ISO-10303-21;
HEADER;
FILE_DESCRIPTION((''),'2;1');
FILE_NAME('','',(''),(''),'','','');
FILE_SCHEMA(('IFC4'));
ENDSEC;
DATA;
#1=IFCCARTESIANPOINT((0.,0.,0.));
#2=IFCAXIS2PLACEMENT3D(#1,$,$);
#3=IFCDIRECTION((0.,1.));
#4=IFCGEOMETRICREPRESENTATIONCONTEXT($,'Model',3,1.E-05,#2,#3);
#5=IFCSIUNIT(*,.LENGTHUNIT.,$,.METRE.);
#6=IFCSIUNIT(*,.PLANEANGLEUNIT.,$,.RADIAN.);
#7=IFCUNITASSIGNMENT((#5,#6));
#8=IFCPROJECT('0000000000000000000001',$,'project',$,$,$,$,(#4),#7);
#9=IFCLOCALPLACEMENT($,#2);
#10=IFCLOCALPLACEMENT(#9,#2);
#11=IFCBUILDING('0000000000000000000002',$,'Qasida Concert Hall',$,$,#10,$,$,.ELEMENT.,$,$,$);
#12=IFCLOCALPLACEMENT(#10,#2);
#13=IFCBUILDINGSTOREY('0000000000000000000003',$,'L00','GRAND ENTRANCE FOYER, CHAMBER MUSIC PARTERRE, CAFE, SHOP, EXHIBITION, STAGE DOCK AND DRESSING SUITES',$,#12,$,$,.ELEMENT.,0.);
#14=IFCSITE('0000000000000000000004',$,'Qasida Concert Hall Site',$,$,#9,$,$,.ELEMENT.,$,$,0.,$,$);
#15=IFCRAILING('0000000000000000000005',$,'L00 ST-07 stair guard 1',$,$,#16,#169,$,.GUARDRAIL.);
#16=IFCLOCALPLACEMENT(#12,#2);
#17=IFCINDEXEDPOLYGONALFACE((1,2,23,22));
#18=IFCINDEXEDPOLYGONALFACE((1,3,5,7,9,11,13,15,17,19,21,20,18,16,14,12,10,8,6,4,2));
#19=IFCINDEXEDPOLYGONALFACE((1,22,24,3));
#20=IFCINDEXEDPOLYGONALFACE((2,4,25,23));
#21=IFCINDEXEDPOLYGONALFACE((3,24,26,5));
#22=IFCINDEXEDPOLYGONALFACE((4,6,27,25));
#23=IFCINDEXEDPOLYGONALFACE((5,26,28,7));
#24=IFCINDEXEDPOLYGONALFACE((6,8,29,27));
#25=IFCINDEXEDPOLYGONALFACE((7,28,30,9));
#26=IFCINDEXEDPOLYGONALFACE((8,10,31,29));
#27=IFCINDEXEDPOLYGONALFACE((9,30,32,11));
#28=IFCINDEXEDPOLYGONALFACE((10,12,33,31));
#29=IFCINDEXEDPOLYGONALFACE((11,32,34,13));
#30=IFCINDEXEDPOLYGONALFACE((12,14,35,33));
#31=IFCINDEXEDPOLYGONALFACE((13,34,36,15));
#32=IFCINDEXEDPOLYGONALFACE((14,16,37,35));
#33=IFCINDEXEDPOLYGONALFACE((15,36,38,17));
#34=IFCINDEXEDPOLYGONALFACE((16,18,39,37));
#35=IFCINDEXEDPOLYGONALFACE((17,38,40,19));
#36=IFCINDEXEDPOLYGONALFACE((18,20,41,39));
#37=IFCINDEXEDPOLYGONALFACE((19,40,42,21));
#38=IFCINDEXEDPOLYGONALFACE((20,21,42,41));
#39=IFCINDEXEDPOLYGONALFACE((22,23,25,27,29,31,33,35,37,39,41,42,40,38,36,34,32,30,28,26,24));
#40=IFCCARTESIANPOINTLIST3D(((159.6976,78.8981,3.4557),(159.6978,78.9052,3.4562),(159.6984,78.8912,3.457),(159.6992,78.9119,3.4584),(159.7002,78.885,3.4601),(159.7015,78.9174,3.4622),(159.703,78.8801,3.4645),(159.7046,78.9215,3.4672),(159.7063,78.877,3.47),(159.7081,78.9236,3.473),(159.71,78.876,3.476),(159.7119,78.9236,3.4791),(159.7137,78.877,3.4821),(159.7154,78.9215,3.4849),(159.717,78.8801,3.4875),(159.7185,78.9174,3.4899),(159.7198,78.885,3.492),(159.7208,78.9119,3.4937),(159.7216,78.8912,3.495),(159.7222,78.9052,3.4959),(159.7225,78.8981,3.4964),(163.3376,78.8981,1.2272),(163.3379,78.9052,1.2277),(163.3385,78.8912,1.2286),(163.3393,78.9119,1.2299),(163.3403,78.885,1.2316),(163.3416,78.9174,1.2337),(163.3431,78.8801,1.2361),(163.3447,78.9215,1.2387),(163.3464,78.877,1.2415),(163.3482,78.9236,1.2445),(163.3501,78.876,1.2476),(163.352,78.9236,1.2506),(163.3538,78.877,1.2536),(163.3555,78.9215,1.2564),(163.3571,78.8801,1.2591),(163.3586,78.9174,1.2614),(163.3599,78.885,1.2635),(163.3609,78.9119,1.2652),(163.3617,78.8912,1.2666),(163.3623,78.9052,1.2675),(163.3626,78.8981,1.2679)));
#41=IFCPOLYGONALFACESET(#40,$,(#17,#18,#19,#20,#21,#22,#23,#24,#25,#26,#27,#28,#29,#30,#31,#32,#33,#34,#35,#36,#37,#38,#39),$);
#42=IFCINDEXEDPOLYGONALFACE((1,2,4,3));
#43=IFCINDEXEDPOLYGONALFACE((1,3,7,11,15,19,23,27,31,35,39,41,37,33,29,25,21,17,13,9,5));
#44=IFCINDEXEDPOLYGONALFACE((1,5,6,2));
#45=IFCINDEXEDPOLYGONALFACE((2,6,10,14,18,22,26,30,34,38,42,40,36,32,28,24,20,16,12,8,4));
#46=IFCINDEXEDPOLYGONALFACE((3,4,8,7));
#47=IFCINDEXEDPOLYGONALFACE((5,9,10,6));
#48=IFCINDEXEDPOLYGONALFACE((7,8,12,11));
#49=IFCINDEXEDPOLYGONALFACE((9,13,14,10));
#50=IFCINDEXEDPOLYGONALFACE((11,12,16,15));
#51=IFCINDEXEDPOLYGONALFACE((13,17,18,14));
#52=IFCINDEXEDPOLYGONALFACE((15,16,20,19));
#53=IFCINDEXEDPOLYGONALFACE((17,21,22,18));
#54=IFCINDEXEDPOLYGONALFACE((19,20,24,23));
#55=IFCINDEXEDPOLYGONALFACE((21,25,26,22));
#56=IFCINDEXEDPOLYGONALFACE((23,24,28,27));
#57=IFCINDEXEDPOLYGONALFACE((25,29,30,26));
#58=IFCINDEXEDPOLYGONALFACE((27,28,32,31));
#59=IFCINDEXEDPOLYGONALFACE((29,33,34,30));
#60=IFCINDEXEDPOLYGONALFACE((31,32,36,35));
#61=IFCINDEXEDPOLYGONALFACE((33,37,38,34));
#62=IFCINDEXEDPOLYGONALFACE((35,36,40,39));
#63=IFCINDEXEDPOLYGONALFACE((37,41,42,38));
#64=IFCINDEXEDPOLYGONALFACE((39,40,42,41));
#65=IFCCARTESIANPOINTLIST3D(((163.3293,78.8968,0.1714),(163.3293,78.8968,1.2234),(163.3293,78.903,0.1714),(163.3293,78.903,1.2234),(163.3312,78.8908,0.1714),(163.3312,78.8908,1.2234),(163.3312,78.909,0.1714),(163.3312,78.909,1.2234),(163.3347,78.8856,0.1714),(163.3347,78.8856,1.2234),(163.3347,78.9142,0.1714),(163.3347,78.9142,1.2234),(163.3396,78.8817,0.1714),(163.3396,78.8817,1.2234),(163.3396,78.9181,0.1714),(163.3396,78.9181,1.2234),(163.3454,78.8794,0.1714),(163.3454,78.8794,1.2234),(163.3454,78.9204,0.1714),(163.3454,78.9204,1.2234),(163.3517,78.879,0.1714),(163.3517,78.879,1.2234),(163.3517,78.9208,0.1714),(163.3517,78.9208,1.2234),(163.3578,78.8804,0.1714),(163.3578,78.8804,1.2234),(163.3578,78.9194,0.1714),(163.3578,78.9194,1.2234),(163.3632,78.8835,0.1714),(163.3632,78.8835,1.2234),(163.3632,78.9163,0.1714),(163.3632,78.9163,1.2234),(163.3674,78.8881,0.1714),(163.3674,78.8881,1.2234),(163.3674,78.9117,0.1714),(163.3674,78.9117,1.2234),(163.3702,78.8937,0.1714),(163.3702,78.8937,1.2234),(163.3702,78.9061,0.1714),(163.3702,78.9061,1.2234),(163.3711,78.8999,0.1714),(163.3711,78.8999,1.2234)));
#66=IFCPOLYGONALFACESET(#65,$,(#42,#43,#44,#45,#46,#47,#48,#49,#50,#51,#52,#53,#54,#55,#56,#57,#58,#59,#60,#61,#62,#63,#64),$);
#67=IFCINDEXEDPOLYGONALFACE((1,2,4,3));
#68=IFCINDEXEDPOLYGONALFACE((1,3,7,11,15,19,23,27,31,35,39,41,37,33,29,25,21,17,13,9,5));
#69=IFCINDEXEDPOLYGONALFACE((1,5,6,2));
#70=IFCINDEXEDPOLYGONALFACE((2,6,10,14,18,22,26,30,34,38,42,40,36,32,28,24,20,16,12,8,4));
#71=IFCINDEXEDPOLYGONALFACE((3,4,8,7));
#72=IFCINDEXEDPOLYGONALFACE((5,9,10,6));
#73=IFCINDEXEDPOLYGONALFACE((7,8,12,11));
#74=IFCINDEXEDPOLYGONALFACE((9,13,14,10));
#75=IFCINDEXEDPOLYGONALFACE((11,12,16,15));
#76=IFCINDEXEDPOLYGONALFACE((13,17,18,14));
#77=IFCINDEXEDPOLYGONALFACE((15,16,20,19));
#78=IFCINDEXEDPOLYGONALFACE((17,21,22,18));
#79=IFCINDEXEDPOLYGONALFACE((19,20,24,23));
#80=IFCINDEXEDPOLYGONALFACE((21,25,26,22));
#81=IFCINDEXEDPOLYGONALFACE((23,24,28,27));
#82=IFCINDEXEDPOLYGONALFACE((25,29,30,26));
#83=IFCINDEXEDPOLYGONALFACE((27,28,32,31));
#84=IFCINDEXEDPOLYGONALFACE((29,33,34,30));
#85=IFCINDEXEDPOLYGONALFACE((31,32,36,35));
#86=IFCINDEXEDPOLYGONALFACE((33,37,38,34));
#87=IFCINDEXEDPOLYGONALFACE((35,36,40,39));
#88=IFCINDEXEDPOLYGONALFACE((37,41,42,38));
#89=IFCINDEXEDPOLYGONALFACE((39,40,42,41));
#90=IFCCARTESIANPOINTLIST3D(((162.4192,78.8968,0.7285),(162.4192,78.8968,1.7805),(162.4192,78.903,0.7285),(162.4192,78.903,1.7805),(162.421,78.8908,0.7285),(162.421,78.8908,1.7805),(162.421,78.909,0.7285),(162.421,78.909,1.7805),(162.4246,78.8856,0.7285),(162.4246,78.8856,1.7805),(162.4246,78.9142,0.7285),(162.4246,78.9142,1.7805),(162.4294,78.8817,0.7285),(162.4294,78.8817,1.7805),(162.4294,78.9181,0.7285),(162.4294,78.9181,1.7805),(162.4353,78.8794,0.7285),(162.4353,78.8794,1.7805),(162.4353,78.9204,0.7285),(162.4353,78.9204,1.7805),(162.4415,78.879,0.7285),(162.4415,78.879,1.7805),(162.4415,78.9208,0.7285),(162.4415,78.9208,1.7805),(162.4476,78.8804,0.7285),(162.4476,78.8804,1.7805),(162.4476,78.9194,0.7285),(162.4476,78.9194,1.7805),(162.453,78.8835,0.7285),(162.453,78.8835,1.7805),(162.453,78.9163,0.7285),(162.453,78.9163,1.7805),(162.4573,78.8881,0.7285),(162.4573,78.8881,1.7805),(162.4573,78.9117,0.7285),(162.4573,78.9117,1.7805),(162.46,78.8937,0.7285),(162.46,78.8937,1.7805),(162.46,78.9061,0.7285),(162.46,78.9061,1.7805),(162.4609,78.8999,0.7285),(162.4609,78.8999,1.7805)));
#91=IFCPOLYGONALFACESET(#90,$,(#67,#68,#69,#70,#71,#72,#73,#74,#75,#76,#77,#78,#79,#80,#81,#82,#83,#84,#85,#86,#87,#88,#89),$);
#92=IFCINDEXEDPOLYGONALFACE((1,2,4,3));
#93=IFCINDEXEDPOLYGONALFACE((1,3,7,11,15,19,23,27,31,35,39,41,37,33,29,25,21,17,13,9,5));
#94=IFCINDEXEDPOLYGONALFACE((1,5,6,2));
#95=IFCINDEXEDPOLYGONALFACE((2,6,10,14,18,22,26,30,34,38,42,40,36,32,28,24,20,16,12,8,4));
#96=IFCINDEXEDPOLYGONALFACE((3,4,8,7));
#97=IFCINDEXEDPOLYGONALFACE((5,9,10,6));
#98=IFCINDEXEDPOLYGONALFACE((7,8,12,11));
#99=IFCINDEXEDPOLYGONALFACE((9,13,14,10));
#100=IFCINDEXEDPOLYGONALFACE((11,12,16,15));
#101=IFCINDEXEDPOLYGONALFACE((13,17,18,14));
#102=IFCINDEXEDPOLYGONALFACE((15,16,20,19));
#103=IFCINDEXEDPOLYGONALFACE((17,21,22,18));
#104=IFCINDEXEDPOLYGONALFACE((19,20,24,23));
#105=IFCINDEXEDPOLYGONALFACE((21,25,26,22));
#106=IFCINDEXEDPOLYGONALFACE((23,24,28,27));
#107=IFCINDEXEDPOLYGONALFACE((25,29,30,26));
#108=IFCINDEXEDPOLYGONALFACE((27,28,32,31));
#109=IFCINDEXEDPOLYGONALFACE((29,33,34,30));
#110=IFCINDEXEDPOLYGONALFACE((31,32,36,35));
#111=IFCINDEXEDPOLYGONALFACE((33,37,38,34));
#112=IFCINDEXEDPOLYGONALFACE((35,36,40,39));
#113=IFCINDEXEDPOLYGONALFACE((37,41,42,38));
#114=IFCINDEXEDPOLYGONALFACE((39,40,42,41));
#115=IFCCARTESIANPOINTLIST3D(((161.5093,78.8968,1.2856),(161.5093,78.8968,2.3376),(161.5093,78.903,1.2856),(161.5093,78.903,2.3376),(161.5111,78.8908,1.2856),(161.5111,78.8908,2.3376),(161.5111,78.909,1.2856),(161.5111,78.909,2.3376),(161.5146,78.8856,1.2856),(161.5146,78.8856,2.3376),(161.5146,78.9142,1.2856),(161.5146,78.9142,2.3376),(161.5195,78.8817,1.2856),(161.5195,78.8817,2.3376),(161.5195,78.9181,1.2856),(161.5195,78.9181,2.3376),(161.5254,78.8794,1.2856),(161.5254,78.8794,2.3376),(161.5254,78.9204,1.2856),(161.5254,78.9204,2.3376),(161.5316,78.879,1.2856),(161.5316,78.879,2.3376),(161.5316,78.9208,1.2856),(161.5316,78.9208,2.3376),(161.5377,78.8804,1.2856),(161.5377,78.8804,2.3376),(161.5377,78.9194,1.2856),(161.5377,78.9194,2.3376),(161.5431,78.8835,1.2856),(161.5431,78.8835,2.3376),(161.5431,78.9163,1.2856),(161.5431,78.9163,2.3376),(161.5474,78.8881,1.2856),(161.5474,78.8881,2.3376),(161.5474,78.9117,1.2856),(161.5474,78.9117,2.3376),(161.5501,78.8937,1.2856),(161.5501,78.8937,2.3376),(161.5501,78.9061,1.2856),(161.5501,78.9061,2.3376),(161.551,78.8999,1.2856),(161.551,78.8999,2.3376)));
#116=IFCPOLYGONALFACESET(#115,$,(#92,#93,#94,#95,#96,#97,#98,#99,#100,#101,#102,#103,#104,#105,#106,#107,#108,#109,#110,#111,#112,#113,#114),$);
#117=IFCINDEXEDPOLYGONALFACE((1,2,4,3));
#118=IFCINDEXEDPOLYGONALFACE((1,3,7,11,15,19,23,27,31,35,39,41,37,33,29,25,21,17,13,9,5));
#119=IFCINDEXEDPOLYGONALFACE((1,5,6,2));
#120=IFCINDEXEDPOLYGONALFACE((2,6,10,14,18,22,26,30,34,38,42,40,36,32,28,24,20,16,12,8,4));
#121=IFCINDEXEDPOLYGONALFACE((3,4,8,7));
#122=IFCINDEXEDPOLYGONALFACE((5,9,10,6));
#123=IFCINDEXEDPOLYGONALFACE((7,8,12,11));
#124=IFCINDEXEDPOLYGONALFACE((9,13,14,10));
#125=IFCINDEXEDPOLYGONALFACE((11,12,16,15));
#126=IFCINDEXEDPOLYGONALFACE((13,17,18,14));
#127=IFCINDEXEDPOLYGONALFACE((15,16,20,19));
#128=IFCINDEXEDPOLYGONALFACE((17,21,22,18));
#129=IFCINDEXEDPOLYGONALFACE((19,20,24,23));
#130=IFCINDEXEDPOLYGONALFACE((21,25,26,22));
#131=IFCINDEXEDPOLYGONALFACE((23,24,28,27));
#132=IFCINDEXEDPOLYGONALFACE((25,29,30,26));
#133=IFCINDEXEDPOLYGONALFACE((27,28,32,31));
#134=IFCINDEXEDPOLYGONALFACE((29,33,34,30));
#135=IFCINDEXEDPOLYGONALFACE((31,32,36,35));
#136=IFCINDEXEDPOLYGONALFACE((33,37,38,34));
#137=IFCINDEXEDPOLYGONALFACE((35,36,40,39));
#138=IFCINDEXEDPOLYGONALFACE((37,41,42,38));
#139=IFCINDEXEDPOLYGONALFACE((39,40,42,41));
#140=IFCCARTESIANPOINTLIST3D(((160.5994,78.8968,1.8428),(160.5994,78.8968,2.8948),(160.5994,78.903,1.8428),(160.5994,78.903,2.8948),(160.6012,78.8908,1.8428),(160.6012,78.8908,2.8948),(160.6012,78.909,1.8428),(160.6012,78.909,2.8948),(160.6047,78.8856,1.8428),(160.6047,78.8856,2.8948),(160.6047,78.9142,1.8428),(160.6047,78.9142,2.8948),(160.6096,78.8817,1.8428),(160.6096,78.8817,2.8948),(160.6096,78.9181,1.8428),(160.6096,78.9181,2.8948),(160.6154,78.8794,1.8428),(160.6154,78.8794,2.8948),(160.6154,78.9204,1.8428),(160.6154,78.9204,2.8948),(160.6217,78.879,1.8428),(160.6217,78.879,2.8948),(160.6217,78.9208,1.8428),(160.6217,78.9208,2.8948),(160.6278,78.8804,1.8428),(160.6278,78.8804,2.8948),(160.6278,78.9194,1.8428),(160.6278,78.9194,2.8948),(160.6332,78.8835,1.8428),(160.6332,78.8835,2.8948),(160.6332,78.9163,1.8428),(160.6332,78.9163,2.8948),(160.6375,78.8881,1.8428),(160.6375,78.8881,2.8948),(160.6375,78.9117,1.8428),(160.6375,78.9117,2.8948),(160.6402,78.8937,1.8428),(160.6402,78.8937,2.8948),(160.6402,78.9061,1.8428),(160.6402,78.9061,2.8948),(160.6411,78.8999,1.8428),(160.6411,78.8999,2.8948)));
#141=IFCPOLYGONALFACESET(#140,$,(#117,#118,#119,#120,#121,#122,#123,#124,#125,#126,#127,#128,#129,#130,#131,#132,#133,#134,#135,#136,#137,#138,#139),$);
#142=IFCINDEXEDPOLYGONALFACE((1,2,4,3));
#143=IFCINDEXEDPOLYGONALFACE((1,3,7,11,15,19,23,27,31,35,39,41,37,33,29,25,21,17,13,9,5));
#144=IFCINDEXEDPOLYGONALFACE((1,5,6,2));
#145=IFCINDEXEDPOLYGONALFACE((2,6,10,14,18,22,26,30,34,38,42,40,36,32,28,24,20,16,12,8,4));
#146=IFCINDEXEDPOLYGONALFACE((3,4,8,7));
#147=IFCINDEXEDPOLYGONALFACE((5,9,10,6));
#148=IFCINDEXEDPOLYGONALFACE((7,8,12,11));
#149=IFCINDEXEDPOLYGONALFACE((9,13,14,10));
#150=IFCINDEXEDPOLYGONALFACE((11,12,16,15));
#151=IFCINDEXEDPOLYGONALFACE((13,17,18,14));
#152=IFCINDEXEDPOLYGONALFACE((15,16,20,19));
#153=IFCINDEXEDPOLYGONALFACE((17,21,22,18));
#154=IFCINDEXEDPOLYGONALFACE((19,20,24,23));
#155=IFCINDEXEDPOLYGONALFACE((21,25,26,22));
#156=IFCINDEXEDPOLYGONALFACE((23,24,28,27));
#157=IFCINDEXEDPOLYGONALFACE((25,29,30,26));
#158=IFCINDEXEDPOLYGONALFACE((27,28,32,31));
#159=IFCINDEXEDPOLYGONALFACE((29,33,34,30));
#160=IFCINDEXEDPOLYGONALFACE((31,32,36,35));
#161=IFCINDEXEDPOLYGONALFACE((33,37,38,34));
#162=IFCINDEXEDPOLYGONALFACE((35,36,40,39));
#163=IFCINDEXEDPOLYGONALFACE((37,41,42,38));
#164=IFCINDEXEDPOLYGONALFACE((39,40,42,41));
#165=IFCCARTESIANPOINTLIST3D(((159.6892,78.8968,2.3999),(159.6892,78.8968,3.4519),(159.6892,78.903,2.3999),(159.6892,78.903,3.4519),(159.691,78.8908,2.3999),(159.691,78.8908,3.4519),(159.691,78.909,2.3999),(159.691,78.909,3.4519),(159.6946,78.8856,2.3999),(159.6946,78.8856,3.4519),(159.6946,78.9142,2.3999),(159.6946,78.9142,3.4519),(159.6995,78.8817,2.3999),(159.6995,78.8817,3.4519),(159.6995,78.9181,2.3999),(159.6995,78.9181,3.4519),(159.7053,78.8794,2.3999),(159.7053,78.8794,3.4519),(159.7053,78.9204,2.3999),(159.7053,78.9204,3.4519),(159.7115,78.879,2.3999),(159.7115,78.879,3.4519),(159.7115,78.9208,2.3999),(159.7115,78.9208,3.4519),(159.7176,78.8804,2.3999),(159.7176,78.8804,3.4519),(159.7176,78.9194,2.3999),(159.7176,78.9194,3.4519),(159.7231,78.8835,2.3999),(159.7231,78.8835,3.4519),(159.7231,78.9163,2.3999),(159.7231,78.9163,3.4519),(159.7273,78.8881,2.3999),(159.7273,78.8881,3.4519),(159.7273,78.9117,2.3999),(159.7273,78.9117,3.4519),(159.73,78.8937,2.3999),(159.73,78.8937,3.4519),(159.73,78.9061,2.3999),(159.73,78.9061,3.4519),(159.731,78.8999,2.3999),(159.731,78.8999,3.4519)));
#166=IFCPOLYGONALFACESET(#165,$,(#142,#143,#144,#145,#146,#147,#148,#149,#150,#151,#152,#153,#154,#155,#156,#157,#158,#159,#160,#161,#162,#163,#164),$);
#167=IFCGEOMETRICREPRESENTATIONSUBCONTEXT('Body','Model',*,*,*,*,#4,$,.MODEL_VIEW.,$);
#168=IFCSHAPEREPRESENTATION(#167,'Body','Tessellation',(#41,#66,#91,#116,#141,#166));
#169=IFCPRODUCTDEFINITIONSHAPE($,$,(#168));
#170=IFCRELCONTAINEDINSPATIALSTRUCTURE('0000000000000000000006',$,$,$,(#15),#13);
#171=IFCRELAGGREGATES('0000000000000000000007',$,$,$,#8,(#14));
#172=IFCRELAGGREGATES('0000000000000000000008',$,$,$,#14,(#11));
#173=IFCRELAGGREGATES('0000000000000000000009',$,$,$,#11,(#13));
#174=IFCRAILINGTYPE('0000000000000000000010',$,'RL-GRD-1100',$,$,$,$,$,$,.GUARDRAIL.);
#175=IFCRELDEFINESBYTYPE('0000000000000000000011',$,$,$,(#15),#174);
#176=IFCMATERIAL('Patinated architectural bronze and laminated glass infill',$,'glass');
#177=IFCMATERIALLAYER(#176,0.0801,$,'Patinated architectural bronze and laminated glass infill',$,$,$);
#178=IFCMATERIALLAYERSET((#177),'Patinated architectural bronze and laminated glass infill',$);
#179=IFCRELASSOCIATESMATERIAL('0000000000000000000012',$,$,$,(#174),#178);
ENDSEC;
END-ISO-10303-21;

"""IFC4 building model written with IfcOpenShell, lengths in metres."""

from ifc_helpers import new_model, si_unit, direction, frame, origin, origin_2d, place, context, subcontext, project, spatial, circle, extrude, material, layer, layer_set, type_object, element, save


model = new_model("IFC4")

# Units and contexts
model_context = context("Model", 3, precision=1e-05, world=origin(), true_north=direction((0.0, 1.0)))
body_context = subcontext(model_context, "Body", "Model", "MODEL_VIEW")
ifc_project = project(units=[si_unit("LENGTHUNIT", "METRE"), si_unit("PLANEANGLEUNIT", "RADIAN")], contexts=[model_context])

# Site, building, storey
site_placement = place(None, origin())
site = spatial("IfcSite", under=ifc_project, at=site_placement, Name="Qasida Concert Hall Site", CompositionType="ELEMENT", RefElevation=0.0)
building_placement = place(site_placement, origin())
building = spatial("IfcBuilding", under=site, at=building_placement, Name="Qasida Concert Hall", CompositionType="ELEMENT")
storey_placement = place(building_placement, origin())
storey = spatial("IfcBuildingStorey", under=building, at=storey_placement, Name="L00", Description="GRAND ENTRANCE FOYER, CHAMBER MUSIC PARTERRE, CAFE, SHOP, EXHIBITION, STAGE DOCK AND DRESSING SUITES", CompositionType="ELEMENT", Elevation=0.0)

# Railing
ifc_material_1 = material(Name="Patinated architectural bronze and laminated glass infill", Category="glass")
ifc_layer_1 = layer(ifc_material_1, 0.0801, Name="Patinated architectural bronze and laminated glass infill")
ifc_layer_set_1 = layer_set([ifc_layer_1], Name="Patinated architectural bronze and laminated glass infill")
railing_type_1 = type_object("IfcRailingType", Name="RL-GRD-1100", PredefinedType="GUARDRAIL", material=ifc_layer_set_1)
railing_1_placement = place(storey_placement, frame((163.3501, 78.8999, 0.1714)))
element("IfcRailing", 1, at=railing_1_placement, inside=storey, type_object=railing_type_1, Name="L00 ST-07 stair guard 1", PredefinedType="GUARDRAIL", context=body_context, shape_type="SweptSolid", body=[
    extrude(circle(Radius=0.0239, at=origin_2d()), frame((0.0, 0.0, 1.0762), z_axis=(-0.852866, 0.0, 0.52213), x_axis=(0.0, -1.0, 0.0)), (0.0, 0.0, 1.0), 4.2681),
    extrude(circle(Radius=0.021, at=origin_2d()), origin(), (0.0, 0.0, 1.0), 1.052),
    extrude(circle(Radius=0.021, at=origin_2d()), frame((-0.9102, 0.0, 0.5571)), (0.0, 0.0, 1.0), 1.052),
    extrude(circle(Radius=0.021, at=origin_2d()), frame((-1.8201, 0.0, 1.1143)), (0.0, 0.0, 1.0), 1.052),
    extrude(circle(Radius=0.021, at=origin_2d()), frame((-2.73, 0.0, 1.6714)), (0.0, 0.0, 1.0), 1.052),
    extrude(circle(Radius=0.021, at=origin_2d()), frame((-3.6401, 0.0, 2.2285)), (0.0, 0.0, 1.0), 1.052),
])

save(model, "model.ifc")
